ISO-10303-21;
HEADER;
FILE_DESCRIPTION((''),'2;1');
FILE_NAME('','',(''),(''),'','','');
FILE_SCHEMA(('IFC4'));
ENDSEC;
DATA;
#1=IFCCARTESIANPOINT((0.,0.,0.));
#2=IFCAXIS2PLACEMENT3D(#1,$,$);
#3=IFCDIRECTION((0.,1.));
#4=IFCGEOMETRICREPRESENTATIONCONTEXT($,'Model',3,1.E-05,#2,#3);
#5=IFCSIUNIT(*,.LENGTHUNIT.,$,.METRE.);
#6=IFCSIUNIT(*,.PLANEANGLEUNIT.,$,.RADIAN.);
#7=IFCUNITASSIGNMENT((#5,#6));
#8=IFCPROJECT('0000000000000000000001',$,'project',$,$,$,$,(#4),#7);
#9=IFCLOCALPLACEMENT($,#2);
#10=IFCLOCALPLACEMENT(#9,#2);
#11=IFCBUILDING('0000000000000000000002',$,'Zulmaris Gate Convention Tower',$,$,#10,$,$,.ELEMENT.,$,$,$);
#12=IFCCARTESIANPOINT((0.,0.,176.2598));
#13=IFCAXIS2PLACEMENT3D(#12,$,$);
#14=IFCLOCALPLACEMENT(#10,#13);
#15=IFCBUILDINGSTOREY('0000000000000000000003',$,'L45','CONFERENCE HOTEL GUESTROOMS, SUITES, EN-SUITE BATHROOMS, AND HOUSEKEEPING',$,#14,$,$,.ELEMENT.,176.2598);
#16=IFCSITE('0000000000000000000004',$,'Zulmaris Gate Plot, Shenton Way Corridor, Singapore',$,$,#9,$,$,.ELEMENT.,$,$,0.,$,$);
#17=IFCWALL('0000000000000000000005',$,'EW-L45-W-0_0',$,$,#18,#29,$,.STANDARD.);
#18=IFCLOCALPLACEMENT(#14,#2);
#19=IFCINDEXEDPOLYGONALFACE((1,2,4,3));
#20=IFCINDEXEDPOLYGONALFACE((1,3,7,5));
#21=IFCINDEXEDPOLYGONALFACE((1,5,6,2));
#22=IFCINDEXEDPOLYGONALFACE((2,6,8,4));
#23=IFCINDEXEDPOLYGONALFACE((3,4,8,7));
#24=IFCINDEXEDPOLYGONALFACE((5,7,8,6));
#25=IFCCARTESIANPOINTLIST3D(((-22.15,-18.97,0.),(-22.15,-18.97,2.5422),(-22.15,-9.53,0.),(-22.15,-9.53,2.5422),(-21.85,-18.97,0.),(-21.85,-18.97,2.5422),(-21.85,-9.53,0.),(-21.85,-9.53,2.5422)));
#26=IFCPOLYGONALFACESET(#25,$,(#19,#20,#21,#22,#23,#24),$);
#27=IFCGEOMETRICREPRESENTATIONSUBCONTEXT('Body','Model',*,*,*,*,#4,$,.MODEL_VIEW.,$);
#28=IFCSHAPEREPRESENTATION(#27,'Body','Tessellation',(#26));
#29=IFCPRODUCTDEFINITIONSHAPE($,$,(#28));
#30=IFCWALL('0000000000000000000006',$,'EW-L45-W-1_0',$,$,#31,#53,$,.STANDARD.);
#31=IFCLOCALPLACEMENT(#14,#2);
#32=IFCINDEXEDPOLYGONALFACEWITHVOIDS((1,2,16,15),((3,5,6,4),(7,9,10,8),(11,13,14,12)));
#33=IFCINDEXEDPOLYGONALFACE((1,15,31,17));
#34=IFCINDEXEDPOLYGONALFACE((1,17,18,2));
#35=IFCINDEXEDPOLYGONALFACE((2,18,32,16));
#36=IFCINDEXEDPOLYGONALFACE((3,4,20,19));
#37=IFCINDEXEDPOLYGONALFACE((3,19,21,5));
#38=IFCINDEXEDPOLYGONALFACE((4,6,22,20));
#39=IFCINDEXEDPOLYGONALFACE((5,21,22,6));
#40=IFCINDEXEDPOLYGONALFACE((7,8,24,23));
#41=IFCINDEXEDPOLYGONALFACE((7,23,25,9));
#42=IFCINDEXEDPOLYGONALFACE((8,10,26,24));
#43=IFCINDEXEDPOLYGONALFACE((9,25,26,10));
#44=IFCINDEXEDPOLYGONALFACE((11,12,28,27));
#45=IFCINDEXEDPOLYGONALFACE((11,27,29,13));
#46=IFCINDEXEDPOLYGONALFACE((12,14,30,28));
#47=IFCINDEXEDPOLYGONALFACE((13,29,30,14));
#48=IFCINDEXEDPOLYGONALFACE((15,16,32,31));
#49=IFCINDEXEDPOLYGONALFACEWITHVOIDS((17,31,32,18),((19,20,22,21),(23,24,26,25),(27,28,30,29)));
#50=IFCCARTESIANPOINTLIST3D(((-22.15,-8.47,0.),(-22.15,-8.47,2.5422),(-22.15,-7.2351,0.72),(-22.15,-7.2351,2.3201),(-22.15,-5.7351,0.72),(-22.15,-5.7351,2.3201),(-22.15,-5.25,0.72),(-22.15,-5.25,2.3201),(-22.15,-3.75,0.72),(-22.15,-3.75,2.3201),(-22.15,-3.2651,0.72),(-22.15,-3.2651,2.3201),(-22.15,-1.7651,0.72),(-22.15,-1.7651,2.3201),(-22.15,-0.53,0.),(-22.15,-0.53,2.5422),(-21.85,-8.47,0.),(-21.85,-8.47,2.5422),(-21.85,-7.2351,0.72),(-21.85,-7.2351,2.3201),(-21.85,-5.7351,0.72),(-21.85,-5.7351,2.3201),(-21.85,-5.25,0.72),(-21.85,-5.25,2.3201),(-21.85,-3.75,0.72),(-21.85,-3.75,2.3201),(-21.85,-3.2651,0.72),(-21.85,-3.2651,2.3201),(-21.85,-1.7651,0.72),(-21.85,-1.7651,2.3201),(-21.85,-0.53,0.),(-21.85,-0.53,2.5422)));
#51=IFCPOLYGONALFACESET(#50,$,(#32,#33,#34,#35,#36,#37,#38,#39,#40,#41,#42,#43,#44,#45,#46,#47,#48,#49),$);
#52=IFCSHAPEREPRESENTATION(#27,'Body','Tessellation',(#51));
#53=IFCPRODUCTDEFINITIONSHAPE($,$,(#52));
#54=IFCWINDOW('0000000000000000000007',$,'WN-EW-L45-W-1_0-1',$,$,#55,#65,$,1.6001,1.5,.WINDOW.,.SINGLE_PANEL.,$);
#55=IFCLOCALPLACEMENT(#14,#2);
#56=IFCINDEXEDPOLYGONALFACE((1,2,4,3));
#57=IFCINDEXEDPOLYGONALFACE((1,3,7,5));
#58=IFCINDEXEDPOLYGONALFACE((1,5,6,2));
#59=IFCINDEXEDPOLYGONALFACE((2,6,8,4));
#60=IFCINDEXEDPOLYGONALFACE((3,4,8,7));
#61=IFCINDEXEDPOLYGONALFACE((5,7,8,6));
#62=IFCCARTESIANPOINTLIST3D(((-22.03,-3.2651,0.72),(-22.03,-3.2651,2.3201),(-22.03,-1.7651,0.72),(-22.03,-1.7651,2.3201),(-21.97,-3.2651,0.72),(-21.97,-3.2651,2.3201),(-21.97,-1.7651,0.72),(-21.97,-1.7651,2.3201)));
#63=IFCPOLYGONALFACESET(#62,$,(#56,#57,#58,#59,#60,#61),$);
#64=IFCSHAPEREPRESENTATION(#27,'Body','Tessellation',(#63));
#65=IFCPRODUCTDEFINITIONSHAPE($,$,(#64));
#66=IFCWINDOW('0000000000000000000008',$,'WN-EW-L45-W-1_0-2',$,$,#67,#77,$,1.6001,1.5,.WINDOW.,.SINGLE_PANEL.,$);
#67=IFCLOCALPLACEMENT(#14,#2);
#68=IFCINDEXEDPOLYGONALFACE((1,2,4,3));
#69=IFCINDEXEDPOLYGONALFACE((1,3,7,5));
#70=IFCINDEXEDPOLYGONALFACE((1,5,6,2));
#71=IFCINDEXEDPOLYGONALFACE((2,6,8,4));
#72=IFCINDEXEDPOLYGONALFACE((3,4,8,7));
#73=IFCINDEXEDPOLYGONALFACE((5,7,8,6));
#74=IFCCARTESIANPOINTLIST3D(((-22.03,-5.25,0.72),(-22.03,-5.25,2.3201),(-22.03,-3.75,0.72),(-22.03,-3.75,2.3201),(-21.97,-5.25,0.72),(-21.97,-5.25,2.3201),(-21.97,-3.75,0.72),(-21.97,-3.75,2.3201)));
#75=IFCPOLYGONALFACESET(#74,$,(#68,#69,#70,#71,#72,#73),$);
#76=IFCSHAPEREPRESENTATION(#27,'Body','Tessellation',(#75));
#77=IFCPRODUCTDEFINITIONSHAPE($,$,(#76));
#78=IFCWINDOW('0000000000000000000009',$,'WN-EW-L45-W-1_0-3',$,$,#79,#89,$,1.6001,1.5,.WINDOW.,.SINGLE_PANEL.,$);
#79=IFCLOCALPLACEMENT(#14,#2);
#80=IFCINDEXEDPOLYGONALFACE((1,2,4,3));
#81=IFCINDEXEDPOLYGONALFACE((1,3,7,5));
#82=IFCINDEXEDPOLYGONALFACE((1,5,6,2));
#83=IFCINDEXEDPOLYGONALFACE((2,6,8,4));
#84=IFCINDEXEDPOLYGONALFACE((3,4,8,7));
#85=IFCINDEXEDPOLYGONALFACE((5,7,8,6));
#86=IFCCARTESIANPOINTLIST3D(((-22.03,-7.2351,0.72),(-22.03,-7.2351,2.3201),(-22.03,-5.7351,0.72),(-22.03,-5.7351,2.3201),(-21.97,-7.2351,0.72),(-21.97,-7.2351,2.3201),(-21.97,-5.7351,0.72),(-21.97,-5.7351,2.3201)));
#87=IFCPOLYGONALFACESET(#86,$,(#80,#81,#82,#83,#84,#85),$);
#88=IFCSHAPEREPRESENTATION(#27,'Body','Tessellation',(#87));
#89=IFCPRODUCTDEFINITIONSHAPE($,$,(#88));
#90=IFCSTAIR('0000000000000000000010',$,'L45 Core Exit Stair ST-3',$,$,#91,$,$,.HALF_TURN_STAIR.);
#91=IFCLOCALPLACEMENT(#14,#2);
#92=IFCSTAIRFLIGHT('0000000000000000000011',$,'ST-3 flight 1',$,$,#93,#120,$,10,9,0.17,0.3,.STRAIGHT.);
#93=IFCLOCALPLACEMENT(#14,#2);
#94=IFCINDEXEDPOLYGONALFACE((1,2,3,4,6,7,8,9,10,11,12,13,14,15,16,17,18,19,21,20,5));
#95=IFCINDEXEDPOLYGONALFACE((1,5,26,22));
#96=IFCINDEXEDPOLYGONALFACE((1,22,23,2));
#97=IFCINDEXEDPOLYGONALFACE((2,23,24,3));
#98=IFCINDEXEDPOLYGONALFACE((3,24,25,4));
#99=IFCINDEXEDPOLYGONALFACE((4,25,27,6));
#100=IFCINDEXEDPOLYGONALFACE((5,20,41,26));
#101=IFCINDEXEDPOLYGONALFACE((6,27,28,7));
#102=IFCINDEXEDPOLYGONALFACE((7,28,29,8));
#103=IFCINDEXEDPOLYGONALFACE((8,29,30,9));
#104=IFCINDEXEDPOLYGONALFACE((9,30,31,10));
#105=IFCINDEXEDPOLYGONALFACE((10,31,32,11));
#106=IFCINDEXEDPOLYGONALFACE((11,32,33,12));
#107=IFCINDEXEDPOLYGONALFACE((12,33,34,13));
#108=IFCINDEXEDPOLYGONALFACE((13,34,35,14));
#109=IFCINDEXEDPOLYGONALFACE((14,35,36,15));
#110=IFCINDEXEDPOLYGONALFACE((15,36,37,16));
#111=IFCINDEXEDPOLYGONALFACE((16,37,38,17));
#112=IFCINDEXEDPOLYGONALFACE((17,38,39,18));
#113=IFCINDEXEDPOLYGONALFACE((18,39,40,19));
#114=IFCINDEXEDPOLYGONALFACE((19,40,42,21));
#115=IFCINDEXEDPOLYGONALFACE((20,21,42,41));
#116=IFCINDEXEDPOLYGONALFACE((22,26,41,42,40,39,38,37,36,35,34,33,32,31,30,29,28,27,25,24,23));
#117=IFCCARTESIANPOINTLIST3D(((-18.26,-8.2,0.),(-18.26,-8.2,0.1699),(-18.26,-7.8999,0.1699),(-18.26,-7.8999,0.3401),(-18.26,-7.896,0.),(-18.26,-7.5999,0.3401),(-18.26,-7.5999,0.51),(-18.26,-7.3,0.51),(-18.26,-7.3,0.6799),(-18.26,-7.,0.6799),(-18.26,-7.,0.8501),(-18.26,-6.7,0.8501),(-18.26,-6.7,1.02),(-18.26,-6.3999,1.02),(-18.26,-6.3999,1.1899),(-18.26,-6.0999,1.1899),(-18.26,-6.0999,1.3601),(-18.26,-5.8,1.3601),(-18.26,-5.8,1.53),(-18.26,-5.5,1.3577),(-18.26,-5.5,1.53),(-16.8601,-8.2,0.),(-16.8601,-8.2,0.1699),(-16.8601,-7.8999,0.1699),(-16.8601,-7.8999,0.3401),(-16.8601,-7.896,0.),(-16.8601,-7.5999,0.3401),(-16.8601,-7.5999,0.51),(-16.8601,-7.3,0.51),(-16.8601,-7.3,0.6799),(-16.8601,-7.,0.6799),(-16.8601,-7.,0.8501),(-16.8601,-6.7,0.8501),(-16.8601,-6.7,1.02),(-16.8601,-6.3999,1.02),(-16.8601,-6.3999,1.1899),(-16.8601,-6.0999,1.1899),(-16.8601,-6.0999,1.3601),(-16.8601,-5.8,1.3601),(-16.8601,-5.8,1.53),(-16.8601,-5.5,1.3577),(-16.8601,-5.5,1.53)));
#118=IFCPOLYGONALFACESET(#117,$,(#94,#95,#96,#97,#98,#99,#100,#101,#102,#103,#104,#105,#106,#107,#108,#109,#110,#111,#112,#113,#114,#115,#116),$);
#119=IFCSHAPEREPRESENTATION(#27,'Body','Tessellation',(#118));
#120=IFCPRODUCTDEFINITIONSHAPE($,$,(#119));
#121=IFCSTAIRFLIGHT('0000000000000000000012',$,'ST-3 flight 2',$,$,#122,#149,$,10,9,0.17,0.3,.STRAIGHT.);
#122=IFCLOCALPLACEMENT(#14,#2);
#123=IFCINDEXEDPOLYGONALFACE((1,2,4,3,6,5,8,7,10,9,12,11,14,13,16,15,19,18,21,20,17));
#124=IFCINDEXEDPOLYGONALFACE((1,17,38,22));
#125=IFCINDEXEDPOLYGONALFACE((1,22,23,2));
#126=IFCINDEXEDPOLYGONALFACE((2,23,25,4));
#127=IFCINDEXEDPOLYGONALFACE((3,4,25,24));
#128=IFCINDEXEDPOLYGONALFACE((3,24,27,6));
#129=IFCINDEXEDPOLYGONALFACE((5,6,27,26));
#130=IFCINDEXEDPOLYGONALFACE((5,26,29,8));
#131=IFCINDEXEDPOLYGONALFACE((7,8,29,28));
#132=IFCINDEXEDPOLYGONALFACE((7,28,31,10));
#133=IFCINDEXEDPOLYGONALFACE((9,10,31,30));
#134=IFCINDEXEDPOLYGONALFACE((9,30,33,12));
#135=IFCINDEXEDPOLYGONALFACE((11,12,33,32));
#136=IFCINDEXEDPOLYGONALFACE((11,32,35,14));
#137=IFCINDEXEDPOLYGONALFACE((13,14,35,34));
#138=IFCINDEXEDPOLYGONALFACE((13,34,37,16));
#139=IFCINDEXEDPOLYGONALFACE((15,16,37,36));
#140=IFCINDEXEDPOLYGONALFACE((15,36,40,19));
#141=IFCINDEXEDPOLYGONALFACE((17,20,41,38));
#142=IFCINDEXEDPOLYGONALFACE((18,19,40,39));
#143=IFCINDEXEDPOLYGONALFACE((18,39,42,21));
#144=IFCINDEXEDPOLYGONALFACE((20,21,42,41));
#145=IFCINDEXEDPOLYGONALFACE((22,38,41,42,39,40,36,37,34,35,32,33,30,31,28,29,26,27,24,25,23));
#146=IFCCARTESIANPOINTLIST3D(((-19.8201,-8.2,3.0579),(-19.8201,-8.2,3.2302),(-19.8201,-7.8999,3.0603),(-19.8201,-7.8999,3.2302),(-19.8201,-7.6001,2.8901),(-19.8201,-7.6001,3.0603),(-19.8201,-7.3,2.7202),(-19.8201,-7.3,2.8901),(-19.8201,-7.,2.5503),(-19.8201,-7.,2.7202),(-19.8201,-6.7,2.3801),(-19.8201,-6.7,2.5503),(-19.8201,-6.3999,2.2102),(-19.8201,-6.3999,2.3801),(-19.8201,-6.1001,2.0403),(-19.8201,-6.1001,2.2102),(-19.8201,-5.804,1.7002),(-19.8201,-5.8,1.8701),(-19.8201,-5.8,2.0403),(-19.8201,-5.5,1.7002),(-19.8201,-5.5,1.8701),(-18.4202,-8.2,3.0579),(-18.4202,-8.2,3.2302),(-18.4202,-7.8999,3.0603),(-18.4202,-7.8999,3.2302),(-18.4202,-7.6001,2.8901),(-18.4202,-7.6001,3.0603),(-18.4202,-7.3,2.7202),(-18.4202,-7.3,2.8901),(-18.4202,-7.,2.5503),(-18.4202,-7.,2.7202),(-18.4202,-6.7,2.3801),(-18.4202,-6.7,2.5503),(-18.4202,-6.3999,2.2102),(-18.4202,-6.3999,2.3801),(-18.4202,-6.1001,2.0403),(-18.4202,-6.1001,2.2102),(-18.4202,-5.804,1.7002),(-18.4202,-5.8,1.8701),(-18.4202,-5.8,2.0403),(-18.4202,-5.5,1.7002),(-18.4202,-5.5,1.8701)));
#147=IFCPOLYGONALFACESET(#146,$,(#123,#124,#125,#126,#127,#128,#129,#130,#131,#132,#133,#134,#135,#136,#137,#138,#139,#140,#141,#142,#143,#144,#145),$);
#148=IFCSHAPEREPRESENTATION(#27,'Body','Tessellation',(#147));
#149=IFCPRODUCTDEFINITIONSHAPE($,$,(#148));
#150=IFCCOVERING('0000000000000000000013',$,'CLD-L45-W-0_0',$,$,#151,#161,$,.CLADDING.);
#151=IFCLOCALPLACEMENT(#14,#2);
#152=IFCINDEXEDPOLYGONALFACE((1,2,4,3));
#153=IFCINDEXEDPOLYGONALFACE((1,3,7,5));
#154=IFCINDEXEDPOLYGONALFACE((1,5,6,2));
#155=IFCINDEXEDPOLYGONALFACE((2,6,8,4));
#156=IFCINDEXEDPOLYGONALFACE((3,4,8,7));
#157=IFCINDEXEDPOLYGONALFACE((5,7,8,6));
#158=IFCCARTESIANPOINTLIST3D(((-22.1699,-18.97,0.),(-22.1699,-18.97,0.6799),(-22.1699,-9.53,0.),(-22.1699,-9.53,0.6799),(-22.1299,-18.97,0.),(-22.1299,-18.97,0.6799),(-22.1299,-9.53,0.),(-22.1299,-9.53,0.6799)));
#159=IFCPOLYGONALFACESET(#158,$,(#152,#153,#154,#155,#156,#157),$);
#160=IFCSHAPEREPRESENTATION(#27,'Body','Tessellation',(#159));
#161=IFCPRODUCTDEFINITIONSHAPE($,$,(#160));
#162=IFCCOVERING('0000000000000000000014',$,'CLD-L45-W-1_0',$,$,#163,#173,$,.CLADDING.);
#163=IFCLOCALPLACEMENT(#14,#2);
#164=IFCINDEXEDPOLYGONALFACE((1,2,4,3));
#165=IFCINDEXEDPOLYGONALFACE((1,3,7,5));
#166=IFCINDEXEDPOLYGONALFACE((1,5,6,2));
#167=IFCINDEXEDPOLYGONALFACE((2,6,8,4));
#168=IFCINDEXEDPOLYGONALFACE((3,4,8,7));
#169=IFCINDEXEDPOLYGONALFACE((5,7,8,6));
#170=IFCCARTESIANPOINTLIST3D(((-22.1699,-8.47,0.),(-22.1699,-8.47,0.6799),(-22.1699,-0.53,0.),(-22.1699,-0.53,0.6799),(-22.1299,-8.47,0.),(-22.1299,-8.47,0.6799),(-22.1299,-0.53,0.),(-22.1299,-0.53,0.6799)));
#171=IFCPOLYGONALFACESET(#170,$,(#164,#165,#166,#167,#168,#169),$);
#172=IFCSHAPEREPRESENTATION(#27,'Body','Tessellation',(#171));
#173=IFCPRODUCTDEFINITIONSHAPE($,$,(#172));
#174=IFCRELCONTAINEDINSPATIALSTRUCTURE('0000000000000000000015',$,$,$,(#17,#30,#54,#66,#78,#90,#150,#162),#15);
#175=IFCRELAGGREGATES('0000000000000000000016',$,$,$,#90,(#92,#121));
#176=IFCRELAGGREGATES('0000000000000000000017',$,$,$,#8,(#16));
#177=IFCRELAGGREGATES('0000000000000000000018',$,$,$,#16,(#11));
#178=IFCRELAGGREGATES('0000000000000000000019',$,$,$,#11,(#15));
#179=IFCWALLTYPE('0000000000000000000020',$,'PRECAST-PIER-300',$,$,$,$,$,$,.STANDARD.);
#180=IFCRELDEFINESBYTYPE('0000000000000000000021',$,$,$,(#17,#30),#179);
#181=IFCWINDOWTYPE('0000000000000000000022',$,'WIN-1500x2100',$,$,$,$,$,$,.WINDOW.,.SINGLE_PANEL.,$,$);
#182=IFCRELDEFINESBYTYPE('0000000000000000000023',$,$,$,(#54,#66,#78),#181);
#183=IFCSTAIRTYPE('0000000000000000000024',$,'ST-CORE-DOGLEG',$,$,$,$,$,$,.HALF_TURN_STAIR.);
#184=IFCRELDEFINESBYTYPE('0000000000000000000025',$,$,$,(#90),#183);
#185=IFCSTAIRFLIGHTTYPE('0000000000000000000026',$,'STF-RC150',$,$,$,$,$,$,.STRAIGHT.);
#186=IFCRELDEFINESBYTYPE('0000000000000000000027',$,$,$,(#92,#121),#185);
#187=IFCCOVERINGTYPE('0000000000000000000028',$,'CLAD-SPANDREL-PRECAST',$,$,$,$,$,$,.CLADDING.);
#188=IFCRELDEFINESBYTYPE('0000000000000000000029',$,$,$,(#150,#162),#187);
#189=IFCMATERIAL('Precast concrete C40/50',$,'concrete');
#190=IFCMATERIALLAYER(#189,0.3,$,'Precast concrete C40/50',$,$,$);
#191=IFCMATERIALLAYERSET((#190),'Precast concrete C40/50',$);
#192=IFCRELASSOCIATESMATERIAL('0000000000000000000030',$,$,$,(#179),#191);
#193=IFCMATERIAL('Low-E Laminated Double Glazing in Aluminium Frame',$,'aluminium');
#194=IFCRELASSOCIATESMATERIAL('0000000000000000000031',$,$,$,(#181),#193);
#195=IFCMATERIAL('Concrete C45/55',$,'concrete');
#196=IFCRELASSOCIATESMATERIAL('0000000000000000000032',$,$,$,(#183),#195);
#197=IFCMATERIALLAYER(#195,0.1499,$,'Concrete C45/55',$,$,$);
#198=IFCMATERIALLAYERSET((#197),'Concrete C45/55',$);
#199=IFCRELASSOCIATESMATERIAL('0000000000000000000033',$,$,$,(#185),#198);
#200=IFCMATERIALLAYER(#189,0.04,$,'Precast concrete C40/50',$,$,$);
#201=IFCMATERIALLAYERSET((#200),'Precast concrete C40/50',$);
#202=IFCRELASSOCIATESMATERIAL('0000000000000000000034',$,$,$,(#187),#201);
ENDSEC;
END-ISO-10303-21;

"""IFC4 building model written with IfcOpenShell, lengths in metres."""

from ifc_helpers import new_model, si_unit, direction, frame, frame_2d, origin, place, context, subcontext, project, spatial, polyline, rectangle, outline, extrude, material, layer, layer_set, type_object, element, fill, aggregate, save


model = new_model("IFC4")

# Units and contexts
model_context = context("Model", 3, precision=1e-05, world=origin(), true_north=direction((0.0, 1.0)))
body_context = subcontext(model_context, "Body", "Model", "MODEL_VIEW")
ifc_project = project(units=[si_unit("LENGTHUNIT", "METRE"), si_unit("PLANEANGLEUNIT", "RADIAN")], contexts=[model_context])

# Site, building, storey
site_placement = place(None, origin())
site = spatial("IfcSite", under=ifc_project, at=site_placement, Name="Zulmaris Gate Plot, Shenton Way Corridor, Singapore", CompositionType="ELEMENT", RefElevation=0.0)
building_placement = place(site_placement, origin())
building = spatial("IfcBuilding", under=site, at=building_placement, Name="Zulmaris Gate Convention Tower", CompositionType="ELEMENT")
storey_placement = place(building_placement, frame((0.0, 0.0, 176.2598)))
storey = spatial("IfcBuildingStorey", under=building, at=storey_placement, Name="L45", Description="CONFERENCE HOTEL GUESTROOMS, SUITES, EN-SUITE BATHROOMS, AND HOUSEKEEPING", CompositionType="ELEMENT", Elevation=176.2598)

# Wall
ifc_material_1 = material(Name="Precast concrete C40/50", Category="concrete")
ifc_layer_1 = layer(ifc_material_1, 0.3, Name="Precast concrete C40/50")
ifc_layer_set_1 = layer_set([ifc_layer_1], Name="Precast concrete C40/50")
wall_type_1 = type_object("IfcWallType", Name="PRECAST-PIER-300", PredefinedType="STANDARD", material=ifc_layer_set_1)
wall_1_placement = place(storey_placement, frame((-22.0, -9.53, 0.0), z_axis=(0.0, 0.0, 1.0), x_axis=(0.0, -1.0, 0.0)))
element("IfcWall", 1, at=wall_1_placement, inside=storey, type_object=wall_type_1, Name="EW-L45-W-0_0", PredefinedType="STANDARD", context=body_context, shape_type="SweptSolid", body=[
    extrude(rectangle(XDim=9.4399, YDim=0.3, at=frame_2d((4.72, 0.0))), origin(), (0.0, 0.0, 1.0), 2.5422),
])

# Wall, openings, windows
wall_2_placement = place(storey_placement, frame((-22.0, -0.53, 0.0), z_axis=(0.0, 0.0, 1.0), x_axis=(0.0, -1.0, 0.0)))
wall_2 = element("IfcWall", 2, at=wall_2_placement, inside=storey, type_object=wall_type_1, Name="EW-L45-W-1_0", PredefinedType="STANDARD", context=body_context, shape_type="SweptSolid", body=[
    extrude(rectangle(XDim=7.9399, YDim=0.3, at=frame_2d((3.97, 0.0))), origin(), (0.0, 0.0, 1.0), 2.5422),
])
opening_1_placement = place(wall_2_placement, frame((1.2351, 0.0, 0.72)))
opening_1 = element("IfcOpeningElement", 3, at=opening_1_placement, cuts=wall_2, PredefinedType="OPENING", context=body_context, shape_type="SweptSolid", body=[
    extrude(rectangle(XDim=1.5, YDim=1.6001, at=frame_2d((0.75, 0.8))), frame((0.0, 0.1602, 0.0), z_axis=(0.0, -1.0, 0.0), x_axis=(1.0, 0.0, 0.0)), (0.0, 0.0, 1.0), 0.3201),
])
opening_2_placement = place(wall_2_placement, frame((3.22, 0.0, 0.72)))
opening_2 = element("IfcOpeningElement", 4, at=opening_2_placement, cuts=wall_2, PredefinedType="OPENING", context=body_context, shape_type="SweptSolid", body=[
    extrude(rectangle(XDim=1.5, YDim=1.6001, at=frame_2d((0.75, 0.8))), frame((0.0, 0.1602, 0.0), z_axis=(0.0, -1.0, 0.0), x_axis=(1.0, 0.0, 0.0)), (0.0, 0.0, 1.0), 0.3201),
])
opening_3_placement = place(wall_2_placement, frame((5.2051, 0.0, 0.72)))
opening_3 = element("IfcOpeningElement", 5, at=opening_3_placement, cuts=wall_2, PredefinedType="OPENING", context=body_context, shape_type="SweptSolid", body=[
    extrude(rectangle(XDim=1.5, YDim=1.6001, at=frame_2d((0.75, 0.8))), frame((0.0, 0.1602, 0.0), z_axis=(0.0, -1.0, 0.0), x_axis=(1.0, 0.0, 0.0)), (0.0, 0.0, 1.0), 0.3201),
])
ifc_material_2 = material(Name="Low-E Laminated Double Glazing in Aluminium Frame", Category="aluminium")
window_type = type_object("IfcWindowType", Name="WIN-1500x2100", PartitioningType="SINGLE_PANEL", PredefinedType="WINDOW", material=ifc_material_2)
window_1_placement = place(opening_1_placement, origin())
window_1 = element("IfcWindow", 6, at=window_1_placement, inside=storey, type_object=window_type, Name="WN-EW-L45-W-1_0-1", OverallHeight=1.6001, OverallWidth=1.5, PartitioningType="SINGLE_PANEL", PredefinedType="WINDOW", context=body_context, shape_type="SweptSolid", body=[
    extrude(rectangle(XDim=1.5, YDim=1.6001, at=frame_2d((0.75, 0.8))), frame((0.0, 0.03, 0.0), z_axis=(0.0, -1.0, 0.0), x_axis=(1.0, 0.0, 0.0)), (0.0, 0.0, 1.0), 0.0601),
])
fill(opening_1, window_1)
window_2_placement = place(opening_2_placement, origin())
window_2 = element("IfcWindow", 7, at=window_2_placement, inside=storey, type_object=window_type, Name="WN-EW-L45-W-1_0-2", OverallHeight=1.6001, OverallWidth=1.5, PartitioningType="SINGLE_PANEL", PredefinedType="WINDOW", context=body_context, shape_type="SweptSolid", body=[
    extrude(rectangle(XDim=1.5, YDim=1.6001, at=frame_2d((0.75, 0.8))), frame((0.0, 0.03, 0.0), z_axis=(0.0, -1.0, 0.0), x_axis=(1.0, 0.0, 0.0)), (0.0, 0.0, 1.0), 0.0601),
])
fill(opening_2, window_2)
window_3_placement = place(opening_3_placement, origin())
window_3 = element("IfcWindow", 8, at=window_3_placement, inside=storey, type_object=window_type, Name="WN-EW-L45-W-1_0-3", OverallHeight=1.6001, OverallWidth=1.5, PartitioningType="SINGLE_PANEL", PredefinedType="WINDOW", context=body_context, shape_type="SweptSolid", body=[
    extrude(rectangle(XDim=1.5, YDim=1.6001, at=frame_2d((0.75, 0.8))), frame((0.0, 0.03, 0.0), z_axis=(0.0, -1.0, 0.0), x_axis=(1.0, 0.0, 0.0)), (0.0, 0.0, 1.0), 0.0601),
])
fill(opening_3, window_3)

# Stair, stair flights
ifc_material_3 = material(Name="Concrete C45/55", Category="concrete")
stair_type = type_object("IfcStairType", Name="ST-CORE-DOGLEG", PredefinedType="HALF_TURN_STAIR", material=ifc_material_3)
stair_placement = place(storey_placement, origin())
stair = element("IfcStair", 9, at=stair_placement, inside=storey, type_object=stair_type, Name="L45 Core Exit Stair ST-3", PredefinedType="HALF_TURN_STAIR")
ifc_layer_2 = layer(ifc_material_3, 0.1499, Name="Concrete C45/55")
ifc_layer_set_2 = layer_set([ifc_layer_2], Name="Concrete C45/55")
stair_flight_type = type_object("IfcStairFlightType", Name="STF-RC150", PredefinedType="STRAIGHT", material=ifc_layer_set_2)
stair_flight_1_placement = place(storey_placement, frame((-17.5601, -8.2, 0.0), z_axis=(0.0, 0.0, 1.0), x_axis=(0.0, 1.0, 0.0)))
stair_flight_1 = element("IfcStairFlight", 10, at=stair_flight_1_placement, type_object=stair_flight_type, Name="ST-3 flight 1", NumberOfRisers=10, NumberOfTreads=9, PredefinedType="STRAIGHT", RiserHeight=0.17, TreadLength=0.3, context=body_context, shape_type="SweptSolid", body=[
    extrude(outline(polyline([(0.0, 0.0), (0.0, 0.1699), (0.3, 0.1699), (0.3, 0.3401), (0.6001, 0.3401), (0.6001, 0.51), (0.8999, 0.51), (0.8999, 0.6799), (1.2, 0.6799), (1.2, 0.8501), (1.5, 0.8501), (1.5, 1.02), (1.8, 1.02), (1.8, 1.1899), (2.1001, 1.1899), (2.1001, 1.3601), (2.3999, 1.3601), (2.3999, 1.53), (2.7, 1.53), (2.7, 1.7), (2.7, 1.3577), (0.304, 0.0), (0.0, 0.0)])), frame((0.0, 0.7, 0.0), z_axis=(0.0, -1.0, 0.0), x_axis=(1.0, 0.0, 0.0)), (0.0, 0.0, 1.0), 1.3999),
])
stair_flight_2_placement = place(storey_placement, frame((-19.1201, -5.5, 1.7002), z_axis=(0.0, 0.0, 1.0), x_axis=(0.0, -1.0, 0.0)))
stair_flight_2 = element("IfcStairFlight", 11, at=stair_flight_2_placement, type_object=stair_flight_type, Name="ST-3 flight 2", NumberOfRisers=10, NumberOfTreads=9, PredefinedType="STRAIGHT", RiserHeight=0.17, TreadLength=0.3, context=body_context, shape_type="SweptSolid", body=[
    extrude(outline(polyline([(0.0, 0.0), (0.0, 0.1699), (0.3, 0.1699), (0.3, 0.3401), (0.6001, 0.3401), (0.6001, 0.51), (0.8999, 0.51), (0.8999, 0.6799), (1.2, 0.6799), (1.2, 0.8501), (1.5, 0.8501), (1.5, 1.02), (1.8, 1.02), (1.8, 1.1899), (2.1001, 1.1899), (2.1001, 1.3601), (2.3999, 1.3601), (2.3999, 1.53), (2.7, 1.53), (2.7, 1.7), (2.7, 1.3577), (0.304, 0.0), (0.0, 0.0)])), frame((0.0, 0.7, 0.0), z_axis=(0.0, -1.0, 0.0), x_axis=(1.0, 0.0, 0.0)), (0.0, 0.0, 1.0), 1.3999),
])
aggregate(stair, [stair_flight_1, stair_flight_2])

# Coverings
ifc_layer_3 = layer(ifc_material_1, 0.04, Name="Precast concrete C40/50")
ifc_layer_set_3 = layer_set([ifc_layer_3], Name="Precast concrete C40/50")
covering_type = type_object("IfcCoveringType", Name="CLAD-SPANDREL-PRECAST", PredefinedType="CLADDING", material=ifc_layer_set_3)
covering_1_placement = place(storey_placement, frame((-22.1499, -9.53, 0.0), z_axis=(0.0, 0.0, 1.0), x_axis=(0.0, -1.0, 0.0)))
element("IfcCovering", 12, at=covering_1_placement, inside=storey, type_object=covering_type, Name="CLD-L45-W-0_0", PredefinedType="CLADDING", context=body_context, shape_type="SweptSolid", body=[
    extrude(rectangle(XDim=9.4399, YDim=0.04, at=frame_2d((4.72, 0.0))), origin(), (0.0, 0.0, 1.0), 0.6799),
])
covering_2_placement = place(storey_placement, frame((-22.1499, -0.53, 0.0), z_axis=(0.0, 0.0, 1.0), x_axis=(0.0, -1.0, 0.0)))
element("IfcCovering", 13, at=covering_2_placement, inside=storey, type_object=covering_type, Name="CLD-L45-W-1_0", PredefinedType="CLADDING", context=body_context, shape_type="SweptSolid", body=[
    extrude(rectangle(XDim=7.9399, YDim=0.04, at=frame_2d((3.97, 0.0))), origin(), (0.0, 0.0, 1.0), 0.6799),
])

save(model, "model.ifc")
